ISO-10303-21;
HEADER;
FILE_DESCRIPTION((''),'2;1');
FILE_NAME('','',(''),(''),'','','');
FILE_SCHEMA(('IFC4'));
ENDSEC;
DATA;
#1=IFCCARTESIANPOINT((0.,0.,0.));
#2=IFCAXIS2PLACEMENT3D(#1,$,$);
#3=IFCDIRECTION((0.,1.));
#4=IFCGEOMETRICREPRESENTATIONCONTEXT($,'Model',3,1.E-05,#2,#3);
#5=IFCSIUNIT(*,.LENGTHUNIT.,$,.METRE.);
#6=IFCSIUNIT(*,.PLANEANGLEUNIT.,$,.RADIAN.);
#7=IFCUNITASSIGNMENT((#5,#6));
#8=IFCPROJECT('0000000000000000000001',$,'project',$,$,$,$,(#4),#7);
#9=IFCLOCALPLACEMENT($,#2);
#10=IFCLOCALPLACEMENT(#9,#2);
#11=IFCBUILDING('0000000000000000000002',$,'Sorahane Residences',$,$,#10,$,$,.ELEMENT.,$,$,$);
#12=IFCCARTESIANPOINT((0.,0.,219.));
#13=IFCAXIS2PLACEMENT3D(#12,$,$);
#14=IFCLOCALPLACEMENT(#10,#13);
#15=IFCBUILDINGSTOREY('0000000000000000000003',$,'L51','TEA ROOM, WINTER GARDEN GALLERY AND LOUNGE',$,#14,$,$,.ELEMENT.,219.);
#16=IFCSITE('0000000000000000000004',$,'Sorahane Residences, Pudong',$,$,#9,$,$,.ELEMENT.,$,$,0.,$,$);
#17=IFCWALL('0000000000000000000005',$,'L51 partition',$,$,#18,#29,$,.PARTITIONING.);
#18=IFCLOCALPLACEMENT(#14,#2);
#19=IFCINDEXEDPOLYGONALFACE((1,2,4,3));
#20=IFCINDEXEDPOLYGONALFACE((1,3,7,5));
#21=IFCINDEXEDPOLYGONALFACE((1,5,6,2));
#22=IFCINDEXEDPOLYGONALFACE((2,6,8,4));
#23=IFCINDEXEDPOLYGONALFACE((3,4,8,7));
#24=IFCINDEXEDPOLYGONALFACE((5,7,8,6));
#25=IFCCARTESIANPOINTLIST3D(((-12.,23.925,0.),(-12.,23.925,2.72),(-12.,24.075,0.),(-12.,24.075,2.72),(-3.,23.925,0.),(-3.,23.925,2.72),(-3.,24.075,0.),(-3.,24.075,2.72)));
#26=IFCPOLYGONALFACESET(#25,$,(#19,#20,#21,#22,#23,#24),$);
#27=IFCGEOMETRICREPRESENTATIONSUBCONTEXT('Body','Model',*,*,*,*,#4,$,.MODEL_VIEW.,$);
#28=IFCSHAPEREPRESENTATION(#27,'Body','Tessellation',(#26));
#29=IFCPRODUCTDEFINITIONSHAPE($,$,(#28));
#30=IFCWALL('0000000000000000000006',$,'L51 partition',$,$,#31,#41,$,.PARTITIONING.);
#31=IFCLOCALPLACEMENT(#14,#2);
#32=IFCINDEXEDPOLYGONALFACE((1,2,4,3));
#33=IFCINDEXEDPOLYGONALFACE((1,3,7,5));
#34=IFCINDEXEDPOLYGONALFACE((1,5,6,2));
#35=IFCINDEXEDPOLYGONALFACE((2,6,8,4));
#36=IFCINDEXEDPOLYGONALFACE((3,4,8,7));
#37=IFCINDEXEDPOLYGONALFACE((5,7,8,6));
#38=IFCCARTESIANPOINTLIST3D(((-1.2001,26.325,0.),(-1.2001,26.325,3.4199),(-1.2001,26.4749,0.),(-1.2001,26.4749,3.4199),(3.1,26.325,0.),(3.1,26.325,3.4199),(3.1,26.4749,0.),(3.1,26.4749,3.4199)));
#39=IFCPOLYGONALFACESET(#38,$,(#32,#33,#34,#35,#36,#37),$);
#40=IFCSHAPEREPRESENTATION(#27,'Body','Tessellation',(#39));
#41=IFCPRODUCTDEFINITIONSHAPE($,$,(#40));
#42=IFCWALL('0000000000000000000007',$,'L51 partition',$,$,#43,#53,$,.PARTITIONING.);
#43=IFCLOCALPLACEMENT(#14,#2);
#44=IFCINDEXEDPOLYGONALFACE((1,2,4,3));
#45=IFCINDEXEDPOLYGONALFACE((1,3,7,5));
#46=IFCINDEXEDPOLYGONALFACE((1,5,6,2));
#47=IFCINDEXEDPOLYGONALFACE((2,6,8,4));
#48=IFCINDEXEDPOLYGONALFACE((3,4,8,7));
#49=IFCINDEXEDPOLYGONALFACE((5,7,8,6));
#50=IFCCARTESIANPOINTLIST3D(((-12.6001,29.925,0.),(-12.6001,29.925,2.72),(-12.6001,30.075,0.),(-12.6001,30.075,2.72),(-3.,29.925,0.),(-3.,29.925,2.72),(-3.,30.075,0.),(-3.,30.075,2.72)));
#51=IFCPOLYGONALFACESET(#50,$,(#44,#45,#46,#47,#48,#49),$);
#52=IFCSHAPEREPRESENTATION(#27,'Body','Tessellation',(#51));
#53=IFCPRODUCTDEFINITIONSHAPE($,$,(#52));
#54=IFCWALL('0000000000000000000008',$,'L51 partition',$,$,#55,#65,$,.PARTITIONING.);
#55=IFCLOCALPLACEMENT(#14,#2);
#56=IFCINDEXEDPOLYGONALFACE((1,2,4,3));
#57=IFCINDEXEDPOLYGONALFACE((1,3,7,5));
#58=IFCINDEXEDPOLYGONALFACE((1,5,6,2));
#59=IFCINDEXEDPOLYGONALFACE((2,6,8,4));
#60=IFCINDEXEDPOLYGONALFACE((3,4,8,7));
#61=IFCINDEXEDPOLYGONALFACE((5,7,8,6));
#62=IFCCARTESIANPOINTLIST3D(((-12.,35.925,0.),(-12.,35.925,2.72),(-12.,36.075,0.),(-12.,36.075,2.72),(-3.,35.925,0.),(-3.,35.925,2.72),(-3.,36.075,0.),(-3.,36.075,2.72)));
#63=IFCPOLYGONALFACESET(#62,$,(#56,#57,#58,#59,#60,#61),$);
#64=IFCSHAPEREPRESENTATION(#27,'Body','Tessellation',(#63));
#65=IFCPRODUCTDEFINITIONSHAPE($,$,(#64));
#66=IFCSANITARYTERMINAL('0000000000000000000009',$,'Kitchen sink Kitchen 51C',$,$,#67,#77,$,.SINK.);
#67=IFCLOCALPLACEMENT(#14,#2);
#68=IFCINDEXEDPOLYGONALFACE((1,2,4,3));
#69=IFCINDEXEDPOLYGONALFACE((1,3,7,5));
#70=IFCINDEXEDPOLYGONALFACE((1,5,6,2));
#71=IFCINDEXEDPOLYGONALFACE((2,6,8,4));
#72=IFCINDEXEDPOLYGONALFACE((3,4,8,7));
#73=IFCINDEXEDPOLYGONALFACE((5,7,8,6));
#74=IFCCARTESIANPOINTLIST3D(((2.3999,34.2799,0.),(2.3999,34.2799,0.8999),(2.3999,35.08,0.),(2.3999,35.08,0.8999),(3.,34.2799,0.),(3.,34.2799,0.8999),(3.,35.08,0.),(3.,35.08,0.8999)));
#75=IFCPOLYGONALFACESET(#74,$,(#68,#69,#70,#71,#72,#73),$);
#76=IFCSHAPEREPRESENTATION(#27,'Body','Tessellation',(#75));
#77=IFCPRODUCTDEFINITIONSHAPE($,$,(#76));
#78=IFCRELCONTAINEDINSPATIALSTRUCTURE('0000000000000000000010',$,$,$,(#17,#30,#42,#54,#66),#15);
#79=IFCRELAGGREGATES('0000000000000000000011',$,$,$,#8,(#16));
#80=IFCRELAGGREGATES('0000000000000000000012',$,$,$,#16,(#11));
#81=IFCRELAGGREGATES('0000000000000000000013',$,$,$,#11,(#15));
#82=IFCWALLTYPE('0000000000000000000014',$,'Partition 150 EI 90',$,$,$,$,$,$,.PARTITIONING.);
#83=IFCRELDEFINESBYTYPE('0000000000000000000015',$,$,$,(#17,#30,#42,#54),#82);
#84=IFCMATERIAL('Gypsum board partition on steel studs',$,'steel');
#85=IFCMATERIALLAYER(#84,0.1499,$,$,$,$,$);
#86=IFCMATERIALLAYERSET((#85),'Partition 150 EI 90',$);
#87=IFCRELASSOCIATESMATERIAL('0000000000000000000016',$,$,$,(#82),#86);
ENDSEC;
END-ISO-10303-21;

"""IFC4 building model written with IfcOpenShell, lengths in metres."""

from ifc_helpers import new_model, si_unit, direction, frame, frame_2d, origin, origin_2d, place, context, subcontext, project, spatial, rectangle, extrude, material, layer, layer_set, type_object, element, save


model = new_model("IFC4")

# Units and contexts
model_context = context("Model", 3, precision=1e-05, world=origin(), true_north=direction((0.0, 1.0)))
body_context = subcontext(model_context, "Body", "Model", "MODEL_VIEW")
ifc_project = project(units=[si_unit("LENGTHUNIT", "METRE"), si_unit("PLANEANGLEUNIT", "RADIAN")], contexts=[model_context])

# Site, building, storey
site_placement = place(None, origin())
site = spatial("IfcSite", under=ifc_project, at=site_placement, Name="Sorahane Residences, Pudong", CompositionType="ELEMENT", RefElevation=0.0)
building_placement = place(site_placement, origin())
building = spatial("IfcBuilding", under=site, at=building_placement, Name="Sorahane Residences", CompositionType="ELEMENT")
storey_placement = place(building_placement, frame((0.0, 0.0, 219.0)))
storey = spatial("IfcBuildingStorey", under=building, at=storey_placement, Name="L51", Description="TEA ROOM, WINTER GARDEN GALLERY AND LOUNGE", CompositionType="ELEMENT", Elevation=219.0)

# Shared definitions
ifc_material_1 = material(Name="Gypsum board partition on steel studs", Category="steel")
ifc_layer_1 = layer(ifc_material_1, 0.1499)
ifc_layer_set_1 = layer_set([ifc_layer_1], Name="Partition 150 EI 90")
wall_type_1 = type_object("IfcWallType", Name="Partition 150 EI 90", PredefinedType="PARTITIONING", material=ifc_layer_set_1)

# Walls
wall_1_placement = place(storey_placement, frame((-12.0, 24.0, 0.0), z_axis=(0.0, 0.0, 1.0), x_axis=(1.0, 0.0, 0.0)))
element("IfcWall", 1, at=wall_1_placement, inside=storey, type_object=wall_type_1, Name="L51 partition", PredefinedType="PARTITIONING", context=body_context, shape_type="SweptSolid", body=[
    extrude(rectangle(XDim=9.0, YDim=0.1499, at=frame_2d((4.5, 0.0))), origin(), (0.0, 0.0, 1.0), 2.72),
])
wall_2_placement = place(storey_placement, frame((-1.2, 26.3999, 0.0), z_axis=(0.0, 0.0, 1.0), x_axis=(1.0, 0.0, 0.0)))
element("IfcWall", 2, at=wall_2_placement, inside=storey, type_object=wall_type_1, Name="L51 partition", PredefinedType="PARTITIONING", context=body_context, shape_type="SweptSolid", body=[
    extrude(rectangle(XDim=4.3, YDim=0.1499, at=frame_2d((2.1499, 0.0))), origin(), (0.0, 0.0, 1.0), 3.4199),
])
wall_3_placement = place(storey_placement, frame((-12.6001, 30.0, 0.0), z_axis=(0.0, 0.0, 1.0), x_axis=(1.0, 0.0, 0.0)))
element("IfcWall", 3, at=wall_3_placement, inside=storey, type_object=wall_type_1, Name="L51 partition", PredefinedType="PARTITIONING", context=body_context, shape_type="SweptSolid", body=[
    extrude(rectangle(XDim=9.6001, YDim=0.1499, at=frame_2d((4.8, 0.0))), origin(), (0.0, 0.0, 1.0), 2.72),
])
wall_4_placement = place(storey_placement, frame((-12.0, 36.0, 0.0), z_axis=(0.0, 0.0, 1.0), x_axis=(1.0, 0.0, 0.0)))
element("IfcWall", 4, at=wall_4_placement, inside=storey, type_object=wall_type_1, Name="L51 partition", PredefinedType="PARTITIONING", context=body_context, shape_type="SweptSolid", body=[
    extrude(rectangle(XDim=9.0, YDim=0.1499, at=frame_2d((4.5, 0.0))), origin(), (0.0, 0.0, 1.0), 2.72),
])

# Sanitary terminal
sanitary_terminal_placement = place(storey_placement, frame((2.7, 34.6799, 0.0), z_axis=(0.0, 0.0, 1.0), x_axis=(0.0, -1.0, 0.0)))
element("IfcSanitaryTerminal", 5, at=sanitary_terminal_placement, inside=storey, Name="Kitchen sink Kitchen 51C", PredefinedType="SINK", context=body_context, shape_type="SweptSolid", body=[
    extrude(rectangle(XDim=0.8, YDim=0.6001, at=origin_2d()), origin(), (0.0, 0.0, 1.0), 0.8999),
])

save(model, "model.ifc")
